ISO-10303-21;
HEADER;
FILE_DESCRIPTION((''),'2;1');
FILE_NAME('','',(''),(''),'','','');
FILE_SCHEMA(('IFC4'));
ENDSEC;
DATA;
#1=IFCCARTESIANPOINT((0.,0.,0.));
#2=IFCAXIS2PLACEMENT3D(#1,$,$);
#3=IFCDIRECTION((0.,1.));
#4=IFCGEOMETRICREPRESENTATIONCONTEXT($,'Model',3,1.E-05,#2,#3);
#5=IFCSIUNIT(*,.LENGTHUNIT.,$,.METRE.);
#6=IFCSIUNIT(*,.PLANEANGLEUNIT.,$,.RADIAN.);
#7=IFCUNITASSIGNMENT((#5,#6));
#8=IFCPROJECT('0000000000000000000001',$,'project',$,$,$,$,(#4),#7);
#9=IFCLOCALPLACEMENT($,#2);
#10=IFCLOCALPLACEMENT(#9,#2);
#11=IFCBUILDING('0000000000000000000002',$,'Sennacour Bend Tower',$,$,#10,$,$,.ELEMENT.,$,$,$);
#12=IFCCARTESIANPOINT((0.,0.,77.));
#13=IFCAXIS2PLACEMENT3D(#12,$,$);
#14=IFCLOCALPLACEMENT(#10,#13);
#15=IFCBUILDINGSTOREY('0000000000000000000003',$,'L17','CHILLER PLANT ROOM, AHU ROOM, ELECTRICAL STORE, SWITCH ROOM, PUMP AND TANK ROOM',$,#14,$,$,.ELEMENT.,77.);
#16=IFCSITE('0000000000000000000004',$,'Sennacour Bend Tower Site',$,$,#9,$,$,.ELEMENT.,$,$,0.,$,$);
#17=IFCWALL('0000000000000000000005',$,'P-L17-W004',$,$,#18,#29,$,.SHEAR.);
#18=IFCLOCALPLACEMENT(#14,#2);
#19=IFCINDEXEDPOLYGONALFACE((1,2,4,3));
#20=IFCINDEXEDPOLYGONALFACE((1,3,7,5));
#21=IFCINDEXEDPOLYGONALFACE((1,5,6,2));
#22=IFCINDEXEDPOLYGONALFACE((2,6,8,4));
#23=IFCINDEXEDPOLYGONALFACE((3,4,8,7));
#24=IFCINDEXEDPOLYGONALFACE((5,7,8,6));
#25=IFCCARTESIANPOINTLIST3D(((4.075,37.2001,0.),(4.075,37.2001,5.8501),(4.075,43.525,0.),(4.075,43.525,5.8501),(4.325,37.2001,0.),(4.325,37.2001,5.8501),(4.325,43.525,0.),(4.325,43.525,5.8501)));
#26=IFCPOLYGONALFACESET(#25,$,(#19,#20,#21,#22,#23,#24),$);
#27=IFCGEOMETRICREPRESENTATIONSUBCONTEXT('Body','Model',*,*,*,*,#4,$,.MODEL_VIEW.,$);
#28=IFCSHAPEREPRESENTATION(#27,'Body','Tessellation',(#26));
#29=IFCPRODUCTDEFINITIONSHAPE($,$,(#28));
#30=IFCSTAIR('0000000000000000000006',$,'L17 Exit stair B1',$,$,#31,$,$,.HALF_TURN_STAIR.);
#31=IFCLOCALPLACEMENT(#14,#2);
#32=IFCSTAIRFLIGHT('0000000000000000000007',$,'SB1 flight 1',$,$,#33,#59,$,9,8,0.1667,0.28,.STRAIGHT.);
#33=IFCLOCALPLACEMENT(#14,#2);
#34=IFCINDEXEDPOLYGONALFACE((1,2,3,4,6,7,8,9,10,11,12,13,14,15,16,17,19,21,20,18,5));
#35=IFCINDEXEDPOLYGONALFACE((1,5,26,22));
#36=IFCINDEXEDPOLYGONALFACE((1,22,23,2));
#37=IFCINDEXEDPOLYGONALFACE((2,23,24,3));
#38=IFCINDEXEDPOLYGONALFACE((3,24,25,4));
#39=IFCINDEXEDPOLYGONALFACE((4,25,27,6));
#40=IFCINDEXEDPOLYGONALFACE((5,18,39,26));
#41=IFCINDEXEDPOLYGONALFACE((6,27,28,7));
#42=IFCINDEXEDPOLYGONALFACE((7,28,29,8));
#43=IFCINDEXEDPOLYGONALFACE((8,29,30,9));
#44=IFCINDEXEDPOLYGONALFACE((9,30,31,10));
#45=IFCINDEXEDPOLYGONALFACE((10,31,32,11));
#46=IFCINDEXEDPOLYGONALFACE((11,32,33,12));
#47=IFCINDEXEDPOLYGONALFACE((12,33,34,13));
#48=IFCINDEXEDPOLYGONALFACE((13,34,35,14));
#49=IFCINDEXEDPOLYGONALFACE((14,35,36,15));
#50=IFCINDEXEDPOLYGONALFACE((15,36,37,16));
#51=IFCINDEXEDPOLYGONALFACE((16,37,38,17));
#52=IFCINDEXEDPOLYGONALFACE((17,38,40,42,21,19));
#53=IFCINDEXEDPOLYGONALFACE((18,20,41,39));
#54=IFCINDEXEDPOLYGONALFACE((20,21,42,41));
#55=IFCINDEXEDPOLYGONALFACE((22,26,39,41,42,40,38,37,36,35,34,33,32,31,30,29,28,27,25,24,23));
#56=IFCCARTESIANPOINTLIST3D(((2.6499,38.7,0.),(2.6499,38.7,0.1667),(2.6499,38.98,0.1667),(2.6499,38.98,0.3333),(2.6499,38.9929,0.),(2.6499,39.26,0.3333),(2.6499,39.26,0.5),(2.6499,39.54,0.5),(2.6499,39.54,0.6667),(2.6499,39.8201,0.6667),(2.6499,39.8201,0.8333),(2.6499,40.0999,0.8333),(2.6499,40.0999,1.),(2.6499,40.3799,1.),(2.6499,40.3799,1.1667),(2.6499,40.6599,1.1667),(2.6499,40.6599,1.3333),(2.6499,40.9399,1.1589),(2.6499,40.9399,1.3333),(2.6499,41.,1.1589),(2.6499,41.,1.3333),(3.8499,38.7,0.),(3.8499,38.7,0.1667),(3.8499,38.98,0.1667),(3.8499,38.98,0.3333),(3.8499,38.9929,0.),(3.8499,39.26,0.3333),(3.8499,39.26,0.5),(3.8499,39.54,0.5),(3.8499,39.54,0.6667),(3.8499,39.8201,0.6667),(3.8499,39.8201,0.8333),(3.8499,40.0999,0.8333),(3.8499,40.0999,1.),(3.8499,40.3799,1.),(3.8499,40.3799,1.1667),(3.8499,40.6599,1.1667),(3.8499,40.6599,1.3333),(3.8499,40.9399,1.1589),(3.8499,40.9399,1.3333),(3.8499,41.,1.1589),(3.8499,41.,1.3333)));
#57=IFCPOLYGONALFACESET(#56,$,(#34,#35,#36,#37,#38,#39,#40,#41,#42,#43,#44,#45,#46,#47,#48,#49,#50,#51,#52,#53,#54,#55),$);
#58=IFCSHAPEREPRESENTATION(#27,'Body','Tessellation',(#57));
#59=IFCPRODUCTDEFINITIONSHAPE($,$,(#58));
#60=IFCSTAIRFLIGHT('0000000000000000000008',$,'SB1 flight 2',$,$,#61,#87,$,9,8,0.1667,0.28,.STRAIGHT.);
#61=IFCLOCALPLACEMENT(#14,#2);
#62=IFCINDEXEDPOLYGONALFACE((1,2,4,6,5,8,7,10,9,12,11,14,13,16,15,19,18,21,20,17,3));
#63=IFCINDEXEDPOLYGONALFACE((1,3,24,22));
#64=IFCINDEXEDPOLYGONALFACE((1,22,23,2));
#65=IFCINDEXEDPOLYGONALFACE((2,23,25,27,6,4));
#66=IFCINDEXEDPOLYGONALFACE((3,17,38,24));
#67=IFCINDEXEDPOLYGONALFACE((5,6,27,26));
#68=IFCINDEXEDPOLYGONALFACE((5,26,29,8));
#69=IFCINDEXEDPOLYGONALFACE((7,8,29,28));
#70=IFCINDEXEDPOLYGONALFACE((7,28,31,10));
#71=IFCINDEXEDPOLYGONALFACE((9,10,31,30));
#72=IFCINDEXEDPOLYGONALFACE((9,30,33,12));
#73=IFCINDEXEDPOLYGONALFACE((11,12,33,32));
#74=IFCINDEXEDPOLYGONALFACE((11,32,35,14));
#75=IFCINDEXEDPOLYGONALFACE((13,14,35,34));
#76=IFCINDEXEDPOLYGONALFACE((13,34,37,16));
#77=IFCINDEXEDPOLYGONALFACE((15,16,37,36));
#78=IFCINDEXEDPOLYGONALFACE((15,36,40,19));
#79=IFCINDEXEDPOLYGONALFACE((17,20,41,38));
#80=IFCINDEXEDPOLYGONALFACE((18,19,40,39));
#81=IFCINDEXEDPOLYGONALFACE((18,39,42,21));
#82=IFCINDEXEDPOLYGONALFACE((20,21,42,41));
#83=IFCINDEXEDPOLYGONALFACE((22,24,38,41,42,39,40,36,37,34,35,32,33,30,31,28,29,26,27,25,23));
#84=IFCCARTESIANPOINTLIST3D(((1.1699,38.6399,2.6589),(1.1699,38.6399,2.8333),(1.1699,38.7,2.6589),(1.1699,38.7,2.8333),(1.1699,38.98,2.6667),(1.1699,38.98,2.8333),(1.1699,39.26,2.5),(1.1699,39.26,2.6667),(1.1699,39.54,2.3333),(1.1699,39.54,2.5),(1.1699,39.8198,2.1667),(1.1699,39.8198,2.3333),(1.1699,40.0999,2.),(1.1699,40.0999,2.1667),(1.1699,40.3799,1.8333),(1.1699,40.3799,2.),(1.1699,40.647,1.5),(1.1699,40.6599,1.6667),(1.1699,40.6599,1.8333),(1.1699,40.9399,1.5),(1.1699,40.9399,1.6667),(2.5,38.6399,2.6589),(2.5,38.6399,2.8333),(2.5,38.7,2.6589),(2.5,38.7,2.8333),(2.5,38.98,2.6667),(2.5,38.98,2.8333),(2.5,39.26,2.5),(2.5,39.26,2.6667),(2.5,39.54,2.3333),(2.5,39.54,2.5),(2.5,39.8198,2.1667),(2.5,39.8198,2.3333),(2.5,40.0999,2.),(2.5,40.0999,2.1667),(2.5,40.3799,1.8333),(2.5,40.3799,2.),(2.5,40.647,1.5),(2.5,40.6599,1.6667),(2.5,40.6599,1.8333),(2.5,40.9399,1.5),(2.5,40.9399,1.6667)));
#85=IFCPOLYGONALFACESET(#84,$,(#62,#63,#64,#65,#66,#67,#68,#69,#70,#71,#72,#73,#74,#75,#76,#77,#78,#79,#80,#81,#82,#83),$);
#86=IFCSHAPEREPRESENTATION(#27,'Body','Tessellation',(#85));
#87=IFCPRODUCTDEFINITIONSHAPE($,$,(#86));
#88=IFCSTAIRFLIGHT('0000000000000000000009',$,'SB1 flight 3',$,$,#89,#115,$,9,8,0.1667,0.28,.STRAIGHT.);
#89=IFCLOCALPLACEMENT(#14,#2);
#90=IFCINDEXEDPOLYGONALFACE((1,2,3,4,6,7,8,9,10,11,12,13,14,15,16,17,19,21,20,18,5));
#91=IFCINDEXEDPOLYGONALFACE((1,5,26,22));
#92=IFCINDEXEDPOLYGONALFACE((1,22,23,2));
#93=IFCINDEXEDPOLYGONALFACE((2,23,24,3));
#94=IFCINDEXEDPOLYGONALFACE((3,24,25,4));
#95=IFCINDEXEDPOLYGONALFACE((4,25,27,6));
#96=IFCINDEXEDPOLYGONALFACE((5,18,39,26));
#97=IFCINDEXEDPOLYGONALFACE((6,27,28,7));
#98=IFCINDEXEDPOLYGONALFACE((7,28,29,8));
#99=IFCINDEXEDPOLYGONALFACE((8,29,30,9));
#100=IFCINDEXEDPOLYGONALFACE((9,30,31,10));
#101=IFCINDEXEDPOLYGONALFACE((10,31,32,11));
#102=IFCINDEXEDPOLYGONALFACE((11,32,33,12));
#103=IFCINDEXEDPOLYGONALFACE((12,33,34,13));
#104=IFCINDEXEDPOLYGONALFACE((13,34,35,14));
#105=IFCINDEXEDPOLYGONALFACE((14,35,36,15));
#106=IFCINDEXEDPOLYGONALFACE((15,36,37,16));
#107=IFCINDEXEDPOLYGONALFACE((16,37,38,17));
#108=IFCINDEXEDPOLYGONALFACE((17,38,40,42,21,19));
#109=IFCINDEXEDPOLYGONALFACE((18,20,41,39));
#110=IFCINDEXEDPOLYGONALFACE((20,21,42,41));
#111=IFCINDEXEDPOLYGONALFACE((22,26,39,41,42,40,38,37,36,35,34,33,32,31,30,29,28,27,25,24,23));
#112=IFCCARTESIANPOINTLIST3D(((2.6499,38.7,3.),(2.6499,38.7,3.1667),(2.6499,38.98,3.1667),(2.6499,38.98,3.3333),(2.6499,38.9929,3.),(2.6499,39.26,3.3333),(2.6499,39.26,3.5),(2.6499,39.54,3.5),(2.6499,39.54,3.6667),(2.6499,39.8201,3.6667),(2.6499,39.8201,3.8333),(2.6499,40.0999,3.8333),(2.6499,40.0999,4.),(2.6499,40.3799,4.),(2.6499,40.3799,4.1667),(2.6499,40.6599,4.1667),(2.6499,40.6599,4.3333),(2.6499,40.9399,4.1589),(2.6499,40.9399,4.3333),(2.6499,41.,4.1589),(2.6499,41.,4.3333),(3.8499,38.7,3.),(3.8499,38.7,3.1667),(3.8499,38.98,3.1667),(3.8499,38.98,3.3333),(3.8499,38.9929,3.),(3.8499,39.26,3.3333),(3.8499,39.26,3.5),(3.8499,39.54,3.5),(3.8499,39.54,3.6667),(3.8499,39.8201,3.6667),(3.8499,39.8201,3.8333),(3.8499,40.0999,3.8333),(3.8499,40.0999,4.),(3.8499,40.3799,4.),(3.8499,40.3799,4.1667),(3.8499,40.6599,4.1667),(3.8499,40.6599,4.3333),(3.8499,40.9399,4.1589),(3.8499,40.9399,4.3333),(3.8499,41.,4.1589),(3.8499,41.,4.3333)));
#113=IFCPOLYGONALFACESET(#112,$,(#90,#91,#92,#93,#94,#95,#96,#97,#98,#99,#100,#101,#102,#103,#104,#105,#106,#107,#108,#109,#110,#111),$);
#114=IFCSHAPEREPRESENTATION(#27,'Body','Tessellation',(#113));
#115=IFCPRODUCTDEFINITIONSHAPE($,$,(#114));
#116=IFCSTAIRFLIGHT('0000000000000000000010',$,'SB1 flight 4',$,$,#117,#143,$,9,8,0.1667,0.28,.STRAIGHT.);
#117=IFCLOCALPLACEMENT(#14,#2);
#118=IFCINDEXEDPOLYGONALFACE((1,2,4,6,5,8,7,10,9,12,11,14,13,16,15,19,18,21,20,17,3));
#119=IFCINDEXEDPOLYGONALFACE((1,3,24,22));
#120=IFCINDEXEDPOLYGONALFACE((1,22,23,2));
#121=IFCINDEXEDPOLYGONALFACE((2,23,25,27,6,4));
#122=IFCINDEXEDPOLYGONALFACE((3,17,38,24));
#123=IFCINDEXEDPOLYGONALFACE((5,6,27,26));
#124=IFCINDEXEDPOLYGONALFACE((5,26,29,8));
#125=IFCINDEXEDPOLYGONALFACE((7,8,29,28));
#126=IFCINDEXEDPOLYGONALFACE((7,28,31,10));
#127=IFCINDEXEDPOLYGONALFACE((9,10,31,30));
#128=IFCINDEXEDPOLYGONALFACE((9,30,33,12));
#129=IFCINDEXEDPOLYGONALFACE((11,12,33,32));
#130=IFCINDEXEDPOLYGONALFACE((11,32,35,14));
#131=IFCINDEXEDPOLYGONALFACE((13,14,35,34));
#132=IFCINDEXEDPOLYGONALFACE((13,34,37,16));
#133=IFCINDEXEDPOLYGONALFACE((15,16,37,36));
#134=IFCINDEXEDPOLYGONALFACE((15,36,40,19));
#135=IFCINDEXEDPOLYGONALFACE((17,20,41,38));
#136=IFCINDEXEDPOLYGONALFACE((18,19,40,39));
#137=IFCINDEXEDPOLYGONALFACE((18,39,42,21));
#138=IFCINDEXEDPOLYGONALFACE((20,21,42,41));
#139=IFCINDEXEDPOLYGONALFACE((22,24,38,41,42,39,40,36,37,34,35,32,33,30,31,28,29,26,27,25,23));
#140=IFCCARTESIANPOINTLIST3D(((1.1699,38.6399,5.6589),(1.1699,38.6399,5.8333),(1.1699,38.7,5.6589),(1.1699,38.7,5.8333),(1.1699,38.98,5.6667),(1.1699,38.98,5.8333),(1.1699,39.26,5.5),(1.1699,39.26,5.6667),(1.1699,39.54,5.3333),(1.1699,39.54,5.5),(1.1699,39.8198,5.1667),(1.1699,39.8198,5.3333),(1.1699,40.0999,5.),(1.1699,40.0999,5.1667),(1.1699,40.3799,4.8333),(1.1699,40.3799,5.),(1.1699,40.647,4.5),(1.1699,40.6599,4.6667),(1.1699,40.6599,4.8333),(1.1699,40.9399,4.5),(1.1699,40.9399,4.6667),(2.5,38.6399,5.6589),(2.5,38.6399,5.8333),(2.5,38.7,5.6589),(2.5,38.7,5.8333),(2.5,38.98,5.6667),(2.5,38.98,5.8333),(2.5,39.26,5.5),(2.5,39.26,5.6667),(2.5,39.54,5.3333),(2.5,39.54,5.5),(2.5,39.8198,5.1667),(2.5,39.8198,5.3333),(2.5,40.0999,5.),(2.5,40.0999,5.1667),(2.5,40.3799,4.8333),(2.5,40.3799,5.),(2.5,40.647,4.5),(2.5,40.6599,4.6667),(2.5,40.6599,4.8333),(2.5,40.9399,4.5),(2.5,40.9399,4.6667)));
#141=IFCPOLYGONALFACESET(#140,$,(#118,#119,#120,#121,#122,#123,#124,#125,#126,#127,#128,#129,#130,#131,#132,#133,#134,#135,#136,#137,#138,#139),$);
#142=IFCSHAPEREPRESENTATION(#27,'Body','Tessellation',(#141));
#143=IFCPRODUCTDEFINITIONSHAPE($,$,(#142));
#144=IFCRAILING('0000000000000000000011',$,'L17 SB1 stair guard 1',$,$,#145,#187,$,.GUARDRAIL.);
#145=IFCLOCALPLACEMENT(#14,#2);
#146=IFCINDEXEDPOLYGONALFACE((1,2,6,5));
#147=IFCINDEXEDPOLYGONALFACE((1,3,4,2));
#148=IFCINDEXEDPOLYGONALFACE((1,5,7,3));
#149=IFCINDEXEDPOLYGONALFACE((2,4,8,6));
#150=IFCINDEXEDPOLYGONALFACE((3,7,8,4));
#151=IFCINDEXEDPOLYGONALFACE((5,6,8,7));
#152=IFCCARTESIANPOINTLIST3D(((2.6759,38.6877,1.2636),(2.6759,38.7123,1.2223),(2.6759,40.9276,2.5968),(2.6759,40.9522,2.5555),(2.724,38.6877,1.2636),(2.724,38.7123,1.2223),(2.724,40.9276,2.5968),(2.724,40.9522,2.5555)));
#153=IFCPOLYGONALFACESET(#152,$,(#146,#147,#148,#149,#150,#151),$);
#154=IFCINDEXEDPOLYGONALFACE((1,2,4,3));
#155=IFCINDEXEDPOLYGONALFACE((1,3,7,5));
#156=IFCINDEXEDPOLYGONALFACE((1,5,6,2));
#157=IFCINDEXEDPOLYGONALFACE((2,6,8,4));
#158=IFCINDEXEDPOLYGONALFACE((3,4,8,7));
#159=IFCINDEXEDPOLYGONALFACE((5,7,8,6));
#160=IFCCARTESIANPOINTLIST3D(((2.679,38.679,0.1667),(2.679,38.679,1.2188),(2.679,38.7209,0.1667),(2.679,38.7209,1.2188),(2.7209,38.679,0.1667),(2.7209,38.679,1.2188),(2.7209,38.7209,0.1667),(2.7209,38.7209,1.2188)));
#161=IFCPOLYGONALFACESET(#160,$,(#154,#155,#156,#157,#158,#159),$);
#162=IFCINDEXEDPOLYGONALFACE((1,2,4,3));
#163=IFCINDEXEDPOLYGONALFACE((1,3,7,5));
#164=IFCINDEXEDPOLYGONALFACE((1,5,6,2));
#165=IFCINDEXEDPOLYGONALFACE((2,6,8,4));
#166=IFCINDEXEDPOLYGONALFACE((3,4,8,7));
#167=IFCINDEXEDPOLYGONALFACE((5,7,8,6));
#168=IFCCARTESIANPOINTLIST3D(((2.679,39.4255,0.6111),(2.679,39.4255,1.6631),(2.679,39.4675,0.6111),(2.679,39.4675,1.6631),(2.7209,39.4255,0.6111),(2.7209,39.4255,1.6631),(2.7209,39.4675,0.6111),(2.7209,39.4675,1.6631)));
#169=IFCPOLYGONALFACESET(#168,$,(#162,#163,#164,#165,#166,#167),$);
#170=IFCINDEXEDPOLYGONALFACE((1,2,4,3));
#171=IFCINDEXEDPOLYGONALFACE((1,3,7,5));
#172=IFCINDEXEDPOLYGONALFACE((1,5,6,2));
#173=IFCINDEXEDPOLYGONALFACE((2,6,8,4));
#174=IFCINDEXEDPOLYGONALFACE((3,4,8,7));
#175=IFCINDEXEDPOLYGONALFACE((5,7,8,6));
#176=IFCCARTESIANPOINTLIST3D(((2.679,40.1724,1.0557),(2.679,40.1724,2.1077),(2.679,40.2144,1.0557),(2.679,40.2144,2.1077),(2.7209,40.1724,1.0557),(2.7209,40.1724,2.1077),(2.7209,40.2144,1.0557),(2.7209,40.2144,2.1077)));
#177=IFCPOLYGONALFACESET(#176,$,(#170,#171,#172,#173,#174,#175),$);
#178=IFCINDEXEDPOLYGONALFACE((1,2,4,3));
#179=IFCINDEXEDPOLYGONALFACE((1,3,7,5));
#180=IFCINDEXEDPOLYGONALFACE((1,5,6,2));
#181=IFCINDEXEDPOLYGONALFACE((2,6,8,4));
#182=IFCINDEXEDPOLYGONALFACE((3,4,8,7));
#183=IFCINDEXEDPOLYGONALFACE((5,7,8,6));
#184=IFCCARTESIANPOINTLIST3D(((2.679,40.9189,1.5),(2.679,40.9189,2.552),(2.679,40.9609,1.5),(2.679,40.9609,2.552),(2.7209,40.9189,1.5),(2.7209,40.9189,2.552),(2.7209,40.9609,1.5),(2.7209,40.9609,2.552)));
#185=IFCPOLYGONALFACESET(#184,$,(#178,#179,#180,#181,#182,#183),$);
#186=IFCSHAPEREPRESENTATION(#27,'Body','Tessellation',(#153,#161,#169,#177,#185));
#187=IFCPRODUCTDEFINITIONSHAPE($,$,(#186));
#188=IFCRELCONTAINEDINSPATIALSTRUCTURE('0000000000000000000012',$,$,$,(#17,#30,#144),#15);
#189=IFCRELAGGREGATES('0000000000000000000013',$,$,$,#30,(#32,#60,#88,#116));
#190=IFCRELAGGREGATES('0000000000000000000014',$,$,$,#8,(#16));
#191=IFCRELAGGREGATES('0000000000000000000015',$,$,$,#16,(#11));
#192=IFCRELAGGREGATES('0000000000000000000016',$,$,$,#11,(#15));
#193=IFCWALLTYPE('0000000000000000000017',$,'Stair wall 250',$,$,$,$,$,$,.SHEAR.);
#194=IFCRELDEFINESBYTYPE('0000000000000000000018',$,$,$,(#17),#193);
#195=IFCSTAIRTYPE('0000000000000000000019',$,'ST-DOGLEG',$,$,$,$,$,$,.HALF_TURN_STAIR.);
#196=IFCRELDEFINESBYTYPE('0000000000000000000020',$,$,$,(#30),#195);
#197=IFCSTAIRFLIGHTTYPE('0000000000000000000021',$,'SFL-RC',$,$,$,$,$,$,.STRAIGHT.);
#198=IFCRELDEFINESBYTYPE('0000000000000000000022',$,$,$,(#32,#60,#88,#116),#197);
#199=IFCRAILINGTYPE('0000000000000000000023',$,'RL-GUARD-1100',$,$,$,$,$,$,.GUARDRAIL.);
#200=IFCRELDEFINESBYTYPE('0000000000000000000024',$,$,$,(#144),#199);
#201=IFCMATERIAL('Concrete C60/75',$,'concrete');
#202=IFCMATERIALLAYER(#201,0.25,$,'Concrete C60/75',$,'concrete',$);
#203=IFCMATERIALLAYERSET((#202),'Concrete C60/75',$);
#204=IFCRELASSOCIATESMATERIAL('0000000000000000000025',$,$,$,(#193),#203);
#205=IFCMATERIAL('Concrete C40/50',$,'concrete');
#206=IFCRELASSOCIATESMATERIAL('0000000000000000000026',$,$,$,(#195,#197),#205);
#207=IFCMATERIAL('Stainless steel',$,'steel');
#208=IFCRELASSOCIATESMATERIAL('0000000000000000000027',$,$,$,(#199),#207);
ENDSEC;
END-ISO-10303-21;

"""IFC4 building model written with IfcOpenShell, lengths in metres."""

from ifc_helpers import new_model, si_unit, direction, frame, frame_2d, origin, origin_2d, place, context, subcontext, project, spatial, polyline, rectangle, outline, extrude, material, layer, layer_set, type_object, element, aggregate, save


model = new_model("IFC4")

# Units and contexts
model_context = context("Model", 3, precision=1e-05, world=origin(), true_north=direction((0.0, 1.0)))
body_context = subcontext(model_context, "Body", "Model", "MODEL_VIEW")
ifc_project = project(units=[si_unit("LENGTHUNIT", "METRE"), si_unit("PLANEANGLEUNIT", "RADIAN")], contexts=[model_context])

# Site, building, storey
site_placement = place(None, origin())
site = spatial("IfcSite", under=ifc_project, at=site_placement, Name="Sennacour Bend Tower Site", CompositionType="ELEMENT", RefElevation=0.0)
building_placement = place(site_placement, origin())
building = spatial("IfcBuilding", under=site, at=building_placement, Name="Sennacour Bend Tower", CompositionType="ELEMENT")
storey_placement = place(building_placement, frame((0.0, 0.0, 77.0)))
storey = spatial("IfcBuildingStorey", under=building, at=storey_placement, Name="L17", Description="CHILLER PLANT ROOM, AHU ROOM, ELECTRICAL STORE, SWITCH ROOM, PUMP AND TANK ROOM", CompositionType="ELEMENT", Elevation=77.0)

# Shared definitions
ifc_material_1 = material(Name="Stainless steel", Category="steel")

# Wall
ifc_material_2 = material(Name="Concrete C60/75", Category="concrete")
ifc_layer_1 = layer(ifc_material_2, 0.25, Name="Concrete C60/75", Category="concrete")
ifc_layer_set_1 = layer_set([ifc_layer_1], Name="Concrete C60/75")
wall_type_1 = type_object("IfcWallType", Name="Stair wall 250", PredefinedType="SHEAR", material=ifc_layer_set_1)
wall_1_placement = place(storey_placement, frame((4.2, 37.2, 0.0), z_axis=(0.0, 0.0, 1.0), x_axis=(0.0, 1.0, 0.0)))
element("IfcWall", 1, at=wall_1_placement, inside=storey, type_object=wall_type_1, Name="P-L17-W004", PredefinedType="SHEAR", context=body_context, shape_type="SweptSolid", body=[
    extrude(rectangle(XDim=6.325, YDim=0.25, at=frame_2d((3.1626, 0.0))), origin(), (0.0, 0.0, 1.0), 5.8501),
])

# Stair, stair flights
ifc_material_3 = material(Name="Concrete C40/50", Category="concrete")
stair_type = type_object("IfcStairType", Name="ST-DOGLEG", PredefinedType="HALF_TURN_STAIR", material=ifc_material_3)
stair_placement = place(storey_placement, origin())
stair = element("IfcStair", 2, at=stair_placement, inside=storey, type_object=stair_type, Name="L17 Exit stair B1", PredefinedType="HALF_TURN_STAIR")
stair_flight_type = type_object("IfcStairFlightType", Name="SFL-RC", PredefinedType="STRAIGHT", material=ifc_material_3)
stair_flight_1_placement = place(storey_placement, frame((3.25, 38.7, 0.0), z_axis=(0.0, 0.0, 1.0), x_axis=(0.0, 1.0, 0.0)))
stair_flight_1 = element("IfcStairFlight", 3, at=stair_flight_1_placement, type_object=stair_flight_type, Name="SB1 flight 1", NumberOfRisers=9, NumberOfTreads=8, PredefinedType="STRAIGHT", RiserHeight=0.1667, TreadLength=0.28, context=body_context, shape_type="SweptSolid", body=[
    extrude(outline(polyline([(0.0, 0.0), (0.0, 0.1667), (0.28, 0.1667), (0.28, 0.3333), (0.5601, 0.3333), (0.5601, 0.5), (0.8401, 0.5), (0.8401, 0.6667), (1.1201, 0.6667), (1.1201, 0.8333), (1.3999, 0.8333), (1.3999, 1.0), (1.6799, 1.0), (1.6799, 1.1667), (1.96, 1.1667), (1.96, 1.3333), (2.24, 1.3333), (2.3, 1.3333), (2.3, 1.1589), (2.24, 1.1589), (0.293, 0.0), (0.0, 0.0)])), frame((0.0, 0.6001, 0.0), z_axis=(0.0, -1.0, 0.0), x_axis=(1.0, 0.0, 0.0)), (0.0, 0.0, 1.0), 1.2),
])
stair_flight_2_placement = place(storey_placement, frame((1.835, 40.9399, 1.5), z_axis=(0.0, 0.0, 1.0), x_axis=(0.0, -1.0, 0.0)))
stair_flight_2 = element("IfcStairFlight", 4, at=stair_flight_2_placement, type_object=stair_flight_type, Name="SB1 flight 2", NumberOfRisers=9, NumberOfTreads=8, PredefinedType="STRAIGHT", RiserHeight=0.1667, TreadLength=0.28, context=body_context, shape_type="SweptSolid", body=[
    extrude(outline(polyline([(0.0, 0.0), (0.0, 0.1667), (0.28, 0.1667), (0.28, 0.3333), (0.5601, 0.3333), (0.5601, 0.5), (0.8401, 0.5), (0.8401, 0.6667), (1.1201, 0.6667), (1.1201, 0.8333), (1.3999, 0.8333), (1.3999, 1.0), (1.6799, 1.0), (1.6799, 1.1667), (1.96, 1.1667), (1.96, 1.3333), (2.24, 1.3333), (2.3, 1.3333), (2.3, 1.1589), (2.24, 1.1589), (0.293, 0.0), (0.0, 0.0)])), frame((0.0, 0.665, 0.0), z_axis=(0.0, -1.0, 0.0), x_axis=(1.0, 0.0, 0.0)), (0.0, 0.0, 1.0), 1.3301),
])
stair_flight_3_placement = place(storey_placement, frame((3.25, 38.7, 3.0), z_axis=(0.0, 0.0, 1.0), x_axis=(0.0, 1.0, 0.0)))
stair_flight_3 = element("IfcStairFlight", 5, at=stair_flight_3_placement, type_object=stair_flight_type, Name="SB1 flight 3", NumberOfRisers=9, NumberOfTreads=8, PredefinedType="STRAIGHT", RiserHeight=0.1667, TreadLength=0.28, context=body_context, shape_type="SweptSolid", body=[
    extrude(outline(polyline([(0.0, 0.0), (0.0, 0.1667), (0.28, 0.1667), (0.28, 0.3333), (0.5601, 0.3333), (0.5601, 0.5), (0.8401, 0.5), (0.8401, 0.6667), (1.1201, 0.6667), (1.1201, 0.8333), (1.3999, 0.8333), (1.3999, 1.0), (1.6799, 1.0), (1.6799, 1.1667), (1.96, 1.1667), (1.96, 1.3333), (2.24, 1.3333), (2.3, 1.3333), (2.3, 1.1589), (2.24, 1.1589), (0.293, 0.0), (0.0, 0.0)])), frame((0.0, 0.6001, 0.0), z_axis=(0.0, -1.0, 0.0), x_axis=(1.0, 0.0, 0.0)), (0.0, 0.0, 1.0), 1.2),
])
stair_flight_4_placement = place(storey_placement, frame((1.835, 40.9399, 4.5), z_axis=(0.0, 0.0, 1.0), x_axis=(0.0, -1.0, 0.0)))
stair_flight_4 = element("IfcStairFlight", 6, at=stair_flight_4_placement, type_object=stair_flight_type, Name="SB1 flight 4", NumberOfRisers=9, NumberOfTreads=8, PredefinedType="STRAIGHT", RiserHeight=0.1667, TreadLength=0.28, context=body_context, shape_type="SweptSolid", body=[
    extrude(outline(polyline([(0.0, 0.0), (0.0, 0.1667), (0.28, 0.1667), (0.28, 0.3333), (0.5601, 0.3333), (0.5601, 0.5), (0.8401, 0.5), (0.8401, 0.6667), (1.1201, 0.6667), (1.1201, 0.8333), (1.3999, 0.8333), (1.3999, 1.0), (1.6799, 1.0), (1.6799, 1.1667), (1.96, 1.1667), (1.96, 1.3333), (2.24, 1.3333), (2.3, 1.3333), (2.3, 1.1589), (2.24, 1.1589), (0.293, 0.0), (0.0, 0.0)])), frame((0.0, 0.665, 0.0), z_axis=(0.0, -1.0, 0.0), x_axis=(1.0, 0.0, 0.0)), (0.0, 0.0, 1.0), 1.3301),
])
aggregate(stair, [stair_flight_1, stair_flight_2, stair_flight_3, stair_flight_4])

# Railing
railing_type_1 = type_object("IfcRailingType", Name="RL-GUARD-1100", PredefinedType="GUARDRAIL", material=ifc_material_1)
railing_1_placement = place(storey_placement, frame((2.7, 38.7, 0.1667)))
element("IfcRailing", 7, at=railing_1_placement, inside=storey, type_object=railing_type_1, Name="L17 SB1 stair guard 1", PredefinedType="GUARDRAIL", context=body_context, shape_type="SweptSolid", body=[
    extrude(rectangle(XDim=0.0481, YDim=0.0481, at=origin_2d()), frame((0.0, 0.0, 1.0762), z_axis=(0.0, 0.859306, 0.511462), x_axis=(-1.0, 0.0, 0.0)), (0.0, 0.0, 1.0), 2.6067),
    extrude(rectangle(XDim=0.042, YDim=0.042, at=origin_2d()), origin(), (0.0, 0.0, 1.0), 1.052),
    extrude(rectangle(XDim=0.042, YDim=0.042, at=origin_2d()), frame((0.0, 0.7466, 0.4443)), (0.0, 0.0, 1.0), 1.052),
    extrude(rectangle(XDim=0.042, YDim=0.042, at=origin_2d()), frame((0.0, 1.4934, 0.8889)), (0.0, 0.0, 1.0), 1.052),
    extrude(rectangle(XDim=0.042, YDim=0.042, at=origin_2d()), frame((0.0, 2.24, 1.3333)), (0.0, 0.0, 1.0), 1.052),
])

save(model, "model.ifc")
